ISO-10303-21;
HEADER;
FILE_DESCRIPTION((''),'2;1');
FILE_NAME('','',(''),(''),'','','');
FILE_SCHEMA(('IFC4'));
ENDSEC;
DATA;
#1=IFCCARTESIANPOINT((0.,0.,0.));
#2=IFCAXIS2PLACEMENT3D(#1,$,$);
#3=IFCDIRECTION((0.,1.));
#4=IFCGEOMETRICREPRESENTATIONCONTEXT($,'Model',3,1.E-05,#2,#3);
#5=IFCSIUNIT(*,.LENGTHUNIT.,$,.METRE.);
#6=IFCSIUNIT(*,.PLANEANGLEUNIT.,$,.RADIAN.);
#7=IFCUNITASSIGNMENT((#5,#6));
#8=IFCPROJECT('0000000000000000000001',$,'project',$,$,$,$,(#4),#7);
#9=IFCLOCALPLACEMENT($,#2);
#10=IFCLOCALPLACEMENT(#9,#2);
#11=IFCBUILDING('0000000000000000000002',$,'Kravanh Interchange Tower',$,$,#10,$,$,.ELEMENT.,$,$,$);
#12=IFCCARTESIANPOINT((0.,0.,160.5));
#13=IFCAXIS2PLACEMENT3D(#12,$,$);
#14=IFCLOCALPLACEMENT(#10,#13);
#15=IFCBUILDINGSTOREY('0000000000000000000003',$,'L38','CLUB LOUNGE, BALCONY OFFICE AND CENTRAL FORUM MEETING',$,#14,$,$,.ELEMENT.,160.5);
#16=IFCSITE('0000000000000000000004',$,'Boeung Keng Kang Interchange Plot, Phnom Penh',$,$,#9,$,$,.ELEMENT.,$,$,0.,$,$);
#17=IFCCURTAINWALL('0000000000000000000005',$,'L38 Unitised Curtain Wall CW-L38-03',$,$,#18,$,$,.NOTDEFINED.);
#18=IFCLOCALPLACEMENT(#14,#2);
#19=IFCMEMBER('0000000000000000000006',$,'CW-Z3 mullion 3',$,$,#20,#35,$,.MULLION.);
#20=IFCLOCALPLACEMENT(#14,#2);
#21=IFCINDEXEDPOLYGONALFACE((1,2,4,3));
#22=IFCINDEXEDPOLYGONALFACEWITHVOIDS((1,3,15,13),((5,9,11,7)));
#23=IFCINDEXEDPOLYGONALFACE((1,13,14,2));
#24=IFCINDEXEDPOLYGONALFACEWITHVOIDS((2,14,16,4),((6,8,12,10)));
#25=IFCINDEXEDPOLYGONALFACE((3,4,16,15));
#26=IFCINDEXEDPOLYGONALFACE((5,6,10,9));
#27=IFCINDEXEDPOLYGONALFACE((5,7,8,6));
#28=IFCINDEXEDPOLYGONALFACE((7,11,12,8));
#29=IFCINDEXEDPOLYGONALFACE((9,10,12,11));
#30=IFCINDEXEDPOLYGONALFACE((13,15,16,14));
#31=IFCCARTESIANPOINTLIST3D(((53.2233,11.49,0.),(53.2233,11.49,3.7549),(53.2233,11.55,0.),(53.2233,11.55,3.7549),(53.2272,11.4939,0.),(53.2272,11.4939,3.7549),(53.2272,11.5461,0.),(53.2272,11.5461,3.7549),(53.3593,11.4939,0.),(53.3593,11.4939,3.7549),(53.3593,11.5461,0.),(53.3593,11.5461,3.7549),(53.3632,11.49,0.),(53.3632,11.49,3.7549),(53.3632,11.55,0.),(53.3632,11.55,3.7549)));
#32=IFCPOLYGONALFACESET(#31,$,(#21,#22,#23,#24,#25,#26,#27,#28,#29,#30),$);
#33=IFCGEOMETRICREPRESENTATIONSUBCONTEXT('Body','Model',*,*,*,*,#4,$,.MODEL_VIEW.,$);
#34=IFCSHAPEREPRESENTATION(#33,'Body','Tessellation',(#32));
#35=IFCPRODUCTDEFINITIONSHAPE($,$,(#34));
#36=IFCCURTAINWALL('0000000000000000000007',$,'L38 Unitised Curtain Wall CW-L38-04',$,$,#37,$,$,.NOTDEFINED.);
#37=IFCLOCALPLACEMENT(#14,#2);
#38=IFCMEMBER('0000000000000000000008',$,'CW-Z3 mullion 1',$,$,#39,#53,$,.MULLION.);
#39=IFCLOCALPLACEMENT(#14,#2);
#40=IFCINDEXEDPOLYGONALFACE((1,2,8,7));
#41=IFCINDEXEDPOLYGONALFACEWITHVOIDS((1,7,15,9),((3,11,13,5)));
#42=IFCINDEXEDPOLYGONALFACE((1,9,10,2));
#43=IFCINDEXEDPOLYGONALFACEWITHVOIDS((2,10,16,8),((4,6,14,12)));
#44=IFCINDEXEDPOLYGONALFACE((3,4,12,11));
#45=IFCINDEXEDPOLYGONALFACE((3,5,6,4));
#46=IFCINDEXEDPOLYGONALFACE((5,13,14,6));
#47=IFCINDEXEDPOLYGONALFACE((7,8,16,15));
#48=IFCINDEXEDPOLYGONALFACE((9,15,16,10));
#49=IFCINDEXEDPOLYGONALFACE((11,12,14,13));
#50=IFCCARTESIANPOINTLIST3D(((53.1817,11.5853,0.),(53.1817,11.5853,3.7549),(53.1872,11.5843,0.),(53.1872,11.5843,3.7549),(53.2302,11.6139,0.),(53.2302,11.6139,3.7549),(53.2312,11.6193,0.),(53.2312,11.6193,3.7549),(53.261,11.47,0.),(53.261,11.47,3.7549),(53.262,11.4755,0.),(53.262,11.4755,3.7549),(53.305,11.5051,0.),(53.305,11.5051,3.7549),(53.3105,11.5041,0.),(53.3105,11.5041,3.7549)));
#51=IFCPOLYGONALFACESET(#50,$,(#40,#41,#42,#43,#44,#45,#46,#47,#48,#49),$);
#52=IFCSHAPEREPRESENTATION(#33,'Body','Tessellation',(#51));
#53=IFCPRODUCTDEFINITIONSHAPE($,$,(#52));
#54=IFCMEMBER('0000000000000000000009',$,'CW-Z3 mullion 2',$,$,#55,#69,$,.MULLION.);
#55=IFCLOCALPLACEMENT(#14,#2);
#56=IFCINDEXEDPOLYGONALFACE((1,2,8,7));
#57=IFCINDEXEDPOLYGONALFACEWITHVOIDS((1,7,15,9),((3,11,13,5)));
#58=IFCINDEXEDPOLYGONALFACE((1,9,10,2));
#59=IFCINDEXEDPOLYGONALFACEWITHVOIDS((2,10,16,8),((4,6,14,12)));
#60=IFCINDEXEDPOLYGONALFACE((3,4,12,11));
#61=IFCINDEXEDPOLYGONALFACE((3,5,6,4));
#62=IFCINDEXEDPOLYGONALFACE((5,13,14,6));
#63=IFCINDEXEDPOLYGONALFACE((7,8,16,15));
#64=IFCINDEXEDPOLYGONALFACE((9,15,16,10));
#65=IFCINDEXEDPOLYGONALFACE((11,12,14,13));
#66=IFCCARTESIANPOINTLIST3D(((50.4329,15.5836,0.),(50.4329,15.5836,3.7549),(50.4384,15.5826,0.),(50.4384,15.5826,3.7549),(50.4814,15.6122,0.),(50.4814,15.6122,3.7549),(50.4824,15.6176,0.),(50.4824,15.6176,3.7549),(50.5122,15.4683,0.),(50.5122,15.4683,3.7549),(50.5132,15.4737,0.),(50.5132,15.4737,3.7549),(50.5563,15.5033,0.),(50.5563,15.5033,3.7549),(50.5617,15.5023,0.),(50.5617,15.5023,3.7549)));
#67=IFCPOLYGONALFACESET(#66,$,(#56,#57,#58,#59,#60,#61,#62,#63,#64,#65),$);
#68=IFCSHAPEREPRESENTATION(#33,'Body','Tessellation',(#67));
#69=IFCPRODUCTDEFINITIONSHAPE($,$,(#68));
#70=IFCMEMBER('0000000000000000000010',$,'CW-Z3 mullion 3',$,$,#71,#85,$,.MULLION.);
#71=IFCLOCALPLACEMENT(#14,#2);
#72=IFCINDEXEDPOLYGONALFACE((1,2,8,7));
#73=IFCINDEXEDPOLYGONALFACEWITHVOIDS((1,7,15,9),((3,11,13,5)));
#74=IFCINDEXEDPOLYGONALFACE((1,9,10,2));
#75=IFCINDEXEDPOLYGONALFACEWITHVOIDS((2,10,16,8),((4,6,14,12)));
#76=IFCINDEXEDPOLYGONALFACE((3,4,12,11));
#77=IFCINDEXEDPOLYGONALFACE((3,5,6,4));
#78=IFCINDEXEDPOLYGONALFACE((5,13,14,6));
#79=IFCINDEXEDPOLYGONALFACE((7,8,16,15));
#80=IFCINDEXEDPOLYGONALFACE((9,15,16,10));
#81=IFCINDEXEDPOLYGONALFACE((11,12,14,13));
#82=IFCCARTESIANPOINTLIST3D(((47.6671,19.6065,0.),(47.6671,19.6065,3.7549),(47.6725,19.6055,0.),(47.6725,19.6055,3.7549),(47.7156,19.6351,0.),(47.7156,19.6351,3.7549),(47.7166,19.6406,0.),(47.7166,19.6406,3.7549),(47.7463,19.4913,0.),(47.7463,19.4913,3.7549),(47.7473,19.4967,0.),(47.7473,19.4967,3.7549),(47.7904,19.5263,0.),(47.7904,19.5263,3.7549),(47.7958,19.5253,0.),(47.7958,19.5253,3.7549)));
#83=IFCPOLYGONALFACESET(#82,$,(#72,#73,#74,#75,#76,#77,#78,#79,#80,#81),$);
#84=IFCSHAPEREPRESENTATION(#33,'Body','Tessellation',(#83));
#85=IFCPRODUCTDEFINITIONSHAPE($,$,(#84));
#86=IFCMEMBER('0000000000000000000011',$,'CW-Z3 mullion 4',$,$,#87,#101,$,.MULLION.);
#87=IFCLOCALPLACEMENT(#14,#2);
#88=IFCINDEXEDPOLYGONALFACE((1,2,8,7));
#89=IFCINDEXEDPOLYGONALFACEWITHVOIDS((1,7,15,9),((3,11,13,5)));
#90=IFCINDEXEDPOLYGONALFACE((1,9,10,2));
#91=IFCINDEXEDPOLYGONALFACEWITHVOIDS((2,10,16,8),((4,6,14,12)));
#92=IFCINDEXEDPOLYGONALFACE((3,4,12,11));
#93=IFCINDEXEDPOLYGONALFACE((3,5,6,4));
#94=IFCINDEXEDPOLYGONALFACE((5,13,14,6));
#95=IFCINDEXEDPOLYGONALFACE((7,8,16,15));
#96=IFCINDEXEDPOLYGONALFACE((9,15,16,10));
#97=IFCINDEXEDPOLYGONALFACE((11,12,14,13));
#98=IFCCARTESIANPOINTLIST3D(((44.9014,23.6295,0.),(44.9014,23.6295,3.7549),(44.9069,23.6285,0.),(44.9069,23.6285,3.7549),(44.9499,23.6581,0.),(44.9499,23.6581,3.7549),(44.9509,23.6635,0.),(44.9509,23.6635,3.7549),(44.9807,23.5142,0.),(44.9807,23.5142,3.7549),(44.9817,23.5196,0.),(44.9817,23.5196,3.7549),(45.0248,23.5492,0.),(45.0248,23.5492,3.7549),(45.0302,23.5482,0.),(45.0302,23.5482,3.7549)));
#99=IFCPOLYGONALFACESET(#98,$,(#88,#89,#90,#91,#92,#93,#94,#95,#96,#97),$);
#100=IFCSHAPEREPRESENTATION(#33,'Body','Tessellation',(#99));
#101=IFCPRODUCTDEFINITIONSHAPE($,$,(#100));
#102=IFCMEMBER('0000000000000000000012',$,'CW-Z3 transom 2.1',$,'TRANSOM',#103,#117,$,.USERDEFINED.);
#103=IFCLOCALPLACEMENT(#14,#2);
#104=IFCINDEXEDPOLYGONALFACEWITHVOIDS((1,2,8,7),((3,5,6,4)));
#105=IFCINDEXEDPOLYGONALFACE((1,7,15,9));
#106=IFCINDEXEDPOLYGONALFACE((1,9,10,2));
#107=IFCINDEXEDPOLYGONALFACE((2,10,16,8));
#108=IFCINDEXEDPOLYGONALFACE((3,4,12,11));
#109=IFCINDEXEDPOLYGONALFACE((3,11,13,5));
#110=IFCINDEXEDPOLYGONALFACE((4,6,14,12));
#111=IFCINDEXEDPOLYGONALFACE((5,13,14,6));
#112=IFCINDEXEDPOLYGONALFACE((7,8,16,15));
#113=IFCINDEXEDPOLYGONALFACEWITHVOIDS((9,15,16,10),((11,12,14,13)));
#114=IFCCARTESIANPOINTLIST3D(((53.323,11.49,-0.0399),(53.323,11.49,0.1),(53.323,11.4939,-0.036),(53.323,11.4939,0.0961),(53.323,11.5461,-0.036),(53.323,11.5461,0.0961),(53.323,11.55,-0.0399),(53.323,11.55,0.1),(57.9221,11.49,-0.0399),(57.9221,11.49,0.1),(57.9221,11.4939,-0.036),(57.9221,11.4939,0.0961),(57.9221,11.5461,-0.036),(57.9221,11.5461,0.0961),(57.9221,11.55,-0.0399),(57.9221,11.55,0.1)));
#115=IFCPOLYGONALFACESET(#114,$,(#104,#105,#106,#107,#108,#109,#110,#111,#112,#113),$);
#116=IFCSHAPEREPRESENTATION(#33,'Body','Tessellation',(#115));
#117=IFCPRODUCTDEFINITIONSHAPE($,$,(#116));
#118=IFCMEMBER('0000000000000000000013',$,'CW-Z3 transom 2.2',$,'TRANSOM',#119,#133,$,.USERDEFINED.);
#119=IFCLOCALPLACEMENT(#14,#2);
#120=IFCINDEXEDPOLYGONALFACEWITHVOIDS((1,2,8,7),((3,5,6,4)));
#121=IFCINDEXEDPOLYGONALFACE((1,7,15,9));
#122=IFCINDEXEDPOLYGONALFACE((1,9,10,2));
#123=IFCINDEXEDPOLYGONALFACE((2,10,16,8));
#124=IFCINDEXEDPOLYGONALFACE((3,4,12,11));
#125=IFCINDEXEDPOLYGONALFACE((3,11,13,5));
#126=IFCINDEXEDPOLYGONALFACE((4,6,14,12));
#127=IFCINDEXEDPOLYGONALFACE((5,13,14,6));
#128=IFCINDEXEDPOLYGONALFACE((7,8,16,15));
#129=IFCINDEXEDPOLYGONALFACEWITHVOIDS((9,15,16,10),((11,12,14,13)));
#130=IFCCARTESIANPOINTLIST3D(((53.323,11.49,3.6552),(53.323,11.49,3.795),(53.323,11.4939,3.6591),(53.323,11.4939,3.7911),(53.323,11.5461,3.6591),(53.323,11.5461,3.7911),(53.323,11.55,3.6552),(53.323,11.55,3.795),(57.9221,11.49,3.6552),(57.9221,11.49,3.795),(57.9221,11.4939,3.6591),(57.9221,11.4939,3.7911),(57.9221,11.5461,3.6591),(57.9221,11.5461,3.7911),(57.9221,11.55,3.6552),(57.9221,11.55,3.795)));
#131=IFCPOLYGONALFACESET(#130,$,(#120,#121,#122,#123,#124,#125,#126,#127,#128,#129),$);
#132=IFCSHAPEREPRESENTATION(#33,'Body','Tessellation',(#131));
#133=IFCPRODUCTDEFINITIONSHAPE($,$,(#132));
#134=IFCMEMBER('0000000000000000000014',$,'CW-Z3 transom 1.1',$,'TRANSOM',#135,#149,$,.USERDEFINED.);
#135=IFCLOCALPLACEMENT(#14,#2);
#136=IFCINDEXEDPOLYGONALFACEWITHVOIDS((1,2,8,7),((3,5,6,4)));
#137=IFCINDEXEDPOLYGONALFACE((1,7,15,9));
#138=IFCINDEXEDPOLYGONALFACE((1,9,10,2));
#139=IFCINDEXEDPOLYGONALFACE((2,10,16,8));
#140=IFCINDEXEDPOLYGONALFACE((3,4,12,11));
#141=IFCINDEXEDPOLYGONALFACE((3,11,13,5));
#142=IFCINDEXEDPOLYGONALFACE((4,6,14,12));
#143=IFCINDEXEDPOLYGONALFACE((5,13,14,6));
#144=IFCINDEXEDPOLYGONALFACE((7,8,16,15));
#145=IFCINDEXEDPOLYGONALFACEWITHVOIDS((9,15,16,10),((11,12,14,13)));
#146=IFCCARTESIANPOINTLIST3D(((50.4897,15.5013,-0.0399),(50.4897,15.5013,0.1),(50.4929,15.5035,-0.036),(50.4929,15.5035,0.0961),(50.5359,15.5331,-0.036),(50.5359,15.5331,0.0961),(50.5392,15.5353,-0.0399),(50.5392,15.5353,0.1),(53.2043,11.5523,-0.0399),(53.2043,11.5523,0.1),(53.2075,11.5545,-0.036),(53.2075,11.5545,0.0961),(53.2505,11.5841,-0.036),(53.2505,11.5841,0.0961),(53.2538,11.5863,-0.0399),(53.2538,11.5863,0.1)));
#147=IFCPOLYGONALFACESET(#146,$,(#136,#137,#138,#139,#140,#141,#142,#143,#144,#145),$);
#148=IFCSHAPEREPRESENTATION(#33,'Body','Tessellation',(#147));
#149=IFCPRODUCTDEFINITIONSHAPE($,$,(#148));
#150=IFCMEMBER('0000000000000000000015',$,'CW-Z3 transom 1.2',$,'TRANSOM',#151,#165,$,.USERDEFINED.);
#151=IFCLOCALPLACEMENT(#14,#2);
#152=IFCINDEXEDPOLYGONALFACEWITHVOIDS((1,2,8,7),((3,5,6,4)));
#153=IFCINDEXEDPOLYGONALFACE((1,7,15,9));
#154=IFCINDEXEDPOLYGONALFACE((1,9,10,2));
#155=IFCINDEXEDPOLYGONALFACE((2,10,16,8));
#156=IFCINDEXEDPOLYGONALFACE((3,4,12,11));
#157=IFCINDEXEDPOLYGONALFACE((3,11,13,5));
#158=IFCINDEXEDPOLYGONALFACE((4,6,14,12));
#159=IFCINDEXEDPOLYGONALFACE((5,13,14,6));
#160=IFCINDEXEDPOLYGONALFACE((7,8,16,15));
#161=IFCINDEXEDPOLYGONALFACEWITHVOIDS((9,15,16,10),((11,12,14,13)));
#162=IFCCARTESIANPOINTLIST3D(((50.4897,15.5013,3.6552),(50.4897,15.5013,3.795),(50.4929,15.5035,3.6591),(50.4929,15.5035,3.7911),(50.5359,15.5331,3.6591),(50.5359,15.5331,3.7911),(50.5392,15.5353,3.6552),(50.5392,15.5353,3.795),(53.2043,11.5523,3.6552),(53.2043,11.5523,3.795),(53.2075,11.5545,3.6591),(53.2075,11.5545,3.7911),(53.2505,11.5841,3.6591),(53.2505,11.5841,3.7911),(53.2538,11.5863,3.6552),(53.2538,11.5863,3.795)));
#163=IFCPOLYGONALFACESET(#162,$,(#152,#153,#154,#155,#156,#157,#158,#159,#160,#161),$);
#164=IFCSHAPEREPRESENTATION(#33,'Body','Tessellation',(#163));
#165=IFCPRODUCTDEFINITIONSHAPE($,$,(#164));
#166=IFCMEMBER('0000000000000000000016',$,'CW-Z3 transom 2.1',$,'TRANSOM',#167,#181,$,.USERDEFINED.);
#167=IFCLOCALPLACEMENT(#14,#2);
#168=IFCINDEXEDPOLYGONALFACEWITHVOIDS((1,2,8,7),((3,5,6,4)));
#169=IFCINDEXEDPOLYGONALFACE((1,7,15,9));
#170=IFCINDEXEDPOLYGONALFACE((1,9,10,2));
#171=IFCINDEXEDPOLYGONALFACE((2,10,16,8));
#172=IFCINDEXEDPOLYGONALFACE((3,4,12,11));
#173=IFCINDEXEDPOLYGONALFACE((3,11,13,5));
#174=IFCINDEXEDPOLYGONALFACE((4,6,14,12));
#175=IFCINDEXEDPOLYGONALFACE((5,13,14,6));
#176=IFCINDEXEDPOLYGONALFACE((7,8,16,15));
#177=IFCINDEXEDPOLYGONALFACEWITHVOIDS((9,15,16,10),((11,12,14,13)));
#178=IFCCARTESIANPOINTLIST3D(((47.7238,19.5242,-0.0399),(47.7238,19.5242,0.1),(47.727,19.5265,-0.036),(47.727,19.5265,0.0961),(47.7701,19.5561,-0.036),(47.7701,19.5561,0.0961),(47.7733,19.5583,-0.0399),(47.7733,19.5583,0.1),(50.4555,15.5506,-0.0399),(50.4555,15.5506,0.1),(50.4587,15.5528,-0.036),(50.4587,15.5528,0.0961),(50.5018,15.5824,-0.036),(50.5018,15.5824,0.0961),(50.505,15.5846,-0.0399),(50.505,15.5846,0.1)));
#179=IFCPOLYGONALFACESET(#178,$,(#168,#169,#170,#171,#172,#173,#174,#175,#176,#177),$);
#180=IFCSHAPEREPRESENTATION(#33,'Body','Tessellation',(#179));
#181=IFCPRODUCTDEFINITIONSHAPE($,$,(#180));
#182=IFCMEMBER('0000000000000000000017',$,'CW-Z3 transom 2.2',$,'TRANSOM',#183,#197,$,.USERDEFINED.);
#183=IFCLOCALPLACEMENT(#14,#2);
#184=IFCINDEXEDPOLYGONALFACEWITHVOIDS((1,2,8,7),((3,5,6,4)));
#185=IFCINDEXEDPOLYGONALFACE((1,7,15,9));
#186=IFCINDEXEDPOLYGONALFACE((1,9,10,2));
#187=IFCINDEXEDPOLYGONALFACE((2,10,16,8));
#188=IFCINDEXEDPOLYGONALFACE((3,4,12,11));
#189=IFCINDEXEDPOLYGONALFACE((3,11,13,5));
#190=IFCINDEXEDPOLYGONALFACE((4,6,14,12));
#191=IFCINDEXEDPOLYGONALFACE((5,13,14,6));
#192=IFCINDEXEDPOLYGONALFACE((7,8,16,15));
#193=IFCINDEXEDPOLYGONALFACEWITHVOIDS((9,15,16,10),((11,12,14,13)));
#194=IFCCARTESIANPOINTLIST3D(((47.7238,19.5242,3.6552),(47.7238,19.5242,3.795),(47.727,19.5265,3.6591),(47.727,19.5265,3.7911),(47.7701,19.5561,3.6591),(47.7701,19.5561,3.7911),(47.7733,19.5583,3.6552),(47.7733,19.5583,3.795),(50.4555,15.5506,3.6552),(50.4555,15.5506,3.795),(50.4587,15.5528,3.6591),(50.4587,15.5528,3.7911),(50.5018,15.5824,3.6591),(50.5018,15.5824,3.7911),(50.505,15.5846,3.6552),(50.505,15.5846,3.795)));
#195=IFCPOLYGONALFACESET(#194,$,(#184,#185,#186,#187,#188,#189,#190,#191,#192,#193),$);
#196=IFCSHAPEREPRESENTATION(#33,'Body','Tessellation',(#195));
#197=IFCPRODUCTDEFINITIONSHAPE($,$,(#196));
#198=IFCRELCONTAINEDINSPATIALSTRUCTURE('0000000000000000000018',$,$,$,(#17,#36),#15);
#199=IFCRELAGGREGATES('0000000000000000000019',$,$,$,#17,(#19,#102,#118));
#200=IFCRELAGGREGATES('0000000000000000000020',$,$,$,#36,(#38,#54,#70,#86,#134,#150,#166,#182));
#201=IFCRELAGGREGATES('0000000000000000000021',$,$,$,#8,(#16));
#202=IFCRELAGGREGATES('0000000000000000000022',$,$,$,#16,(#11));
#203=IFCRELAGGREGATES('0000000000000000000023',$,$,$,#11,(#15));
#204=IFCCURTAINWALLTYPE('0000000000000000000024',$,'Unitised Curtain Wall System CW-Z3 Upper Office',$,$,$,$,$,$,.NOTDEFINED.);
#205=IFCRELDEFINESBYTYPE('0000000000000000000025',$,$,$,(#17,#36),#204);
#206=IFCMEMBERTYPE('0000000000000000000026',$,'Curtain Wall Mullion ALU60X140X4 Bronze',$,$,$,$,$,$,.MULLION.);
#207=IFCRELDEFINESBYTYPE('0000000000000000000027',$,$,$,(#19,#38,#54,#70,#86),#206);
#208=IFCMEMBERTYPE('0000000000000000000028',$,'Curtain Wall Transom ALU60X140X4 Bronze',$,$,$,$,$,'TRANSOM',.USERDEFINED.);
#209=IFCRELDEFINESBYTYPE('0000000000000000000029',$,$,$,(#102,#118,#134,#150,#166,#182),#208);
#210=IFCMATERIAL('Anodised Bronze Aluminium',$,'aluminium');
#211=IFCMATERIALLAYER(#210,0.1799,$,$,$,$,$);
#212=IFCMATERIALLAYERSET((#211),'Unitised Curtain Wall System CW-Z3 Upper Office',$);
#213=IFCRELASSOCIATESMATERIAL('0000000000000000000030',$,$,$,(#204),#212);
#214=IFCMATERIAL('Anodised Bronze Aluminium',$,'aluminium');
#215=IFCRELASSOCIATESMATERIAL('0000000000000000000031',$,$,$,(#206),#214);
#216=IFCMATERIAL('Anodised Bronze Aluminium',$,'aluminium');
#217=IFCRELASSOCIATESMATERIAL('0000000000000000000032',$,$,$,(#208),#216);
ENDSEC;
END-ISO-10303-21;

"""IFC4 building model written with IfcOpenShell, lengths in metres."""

from ifc_helpers import new_model, si_unit, direction, frame, origin, origin_2d, place, context, subcontext, project, spatial, hollow_rectangle, extrude, material, layer, layer_set, material_profile, profile_set, type_object, element, aggregate, save


model = new_model("IFC4")

# Units and contexts
model_context = context("Model", 3, precision=1e-05, world=origin(), true_north=direction((0.0, 1.0)))
body_context = subcontext(model_context, "Body", "Model", "MODEL_VIEW")
ifc_project = project(units=[si_unit("LENGTHUNIT", "METRE"), si_unit("PLANEANGLEUNIT", "RADIAN")], contexts=[model_context])

# Site, building, storey
site_placement = place(None, origin())
site = spatial("IfcSite", under=ifc_project, at=site_placement, Name="Boeung Keng Kang Interchange Plot, Phnom Penh", CompositionType="ELEMENT", RefElevation=0.0)
building_placement = place(site_placement, origin())
building = spatial("IfcBuilding", under=site, at=building_placement, Name="Kravanh Interchange Tower", CompositionType="ELEMENT")
storey_placement = place(building_placement, frame((0.0, 0.0, 160.5)))
storey = spatial("IfcBuildingStorey", under=building, at=storey_placement, Name="L38", Description="CLUB LOUNGE, BALCONY OFFICE AND CENTRAL FORUM MEETING", CompositionType="ELEMENT", Elevation=160.5)

# Curtain walls, members
ifc_material_1 = material(Name="Anodised Bronze Aluminium", Category="aluminium")
ifc_layer_1 = layer(ifc_material_1, 0.1799)
ifc_layer_set_1 = layer_set([ifc_layer_1], Name="Unitised Curtain Wall System CW-Z3 Upper Office")
curtain_wall_type = type_object("IfcCurtainWallType", Name="Unitised Curtain Wall System CW-Z3 Upper Office", PredefinedType="NOTDEFINED", material=ifc_layer_set_1)
curtain_wall_1_placement = place(storey_placement, origin())
curtain_wall_1 = element("IfcCurtainWall", 1, at=curtain_wall_1_placement, inside=storey, type_object=curtain_wall_type, Name="L38 Unitised Curtain Wall CW-L38-03", PredefinedType="NOTDEFINED")
ifc_material_2 = material(Name="Anodised Bronze Aluminium", Category="aluminium")
ifc_material_profile_1 = material_profile(ifc_material_2, hollow_rectangle(XDim=0.0601, YDim=0.1399, WallThickness=0.0039, at=origin_2d()), Name="ALU60X140X4")
ifc_profile_set_1 = profile_set([ifc_material_profile_1], Name="Anodised Bronze Aluminium")
member_type_1 = type_object("IfcMemberType", Name="Curtain Wall Mullion ALU60X140X4 Bronze", PredefinedType="MULLION", material=ifc_profile_set_1)
member_1_placement = place(storey_placement, frame((53.2932, 11.52, 0.0), z_axis=(0.0, 0.0, 1.0), x_axis=(0.0, -1.0, 0.0)))
member_1 = element("IfcMember", 2, at=member_1_placement, type_object=member_type_1, Name="CW-Z3 mullion 3", PredefinedType="MULLION", context=body_context, shape_type="SweptSolid", body=[
    extrude(hollow_rectangle(XDim=0.0601, YDim=0.1399, WallThickness=0.0039, at=origin_2d()), origin(), (0.0, 0.0, 1.0), 3.7549),
])
curtain_wall_2_placement = place(storey_placement, origin())
curtain_wall_2 = element("IfcCurtainWall", 3, at=curtain_wall_2_placement, inside=storey, type_object=curtain_wall_type, Name="L38 Unitised Curtain Wall CW-L38-04", PredefinedType="NOTDEFINED")
member_2_placement = place(storey_placement, frame((53.2461, 11.5447, 0.0), z_axis=(0.0, 0.0, 1.0), x_axis=(-0.824042, -0.566528, 0.0)))
member_2 = element("IfcMember", 4, at=member_2_placement, type_object=member_type_1, Name="CW-Z3 mullion 1", PredefinedType="MULLION", context=body_context, shape_type="SweptSolid", body=[
    extrude(hollow_rectangle(XDim=0.0601, YDim=0.1399, WallThickness=0.0039, at=origin_2d()), origin(), (0.0, 0.0, 1.0), 3.7549),
])
member_3_placement = place(storey_placement, frame((50.4973, 15.543, 0.0), z_axis=(0.0, 0.0, 1.0), x_axis=(-0.824042, -0.566528, 0.0)))
member_3 = element("IfcMember", 5, at=member_3_placement, type_object=member_type_1, Name="CW-Z3 mullion 2", PredefinedType="MULLION", context=body_context, shape_type="SweptSolid", body=[
    extrude(hollow_rectangle(XDim=0.0601, YDim=0.1399, WallThickness=0.0039, at=origin_2d()), origin(), (0.0, 0.0, 1.0), 3.7549),
])
member_4_placement = place(storey_placement, frame((47.7314, 19.5659, 0.0), z_axis=(0.0, 0.0, 1.0), x_axis=(-0.824042, -0.566528, 0.0)))
member_4 = element("IfcMember", 6, at=member_4_placement, type_object=member_type_1, Name="CW-Z3 mullion 3", PredefinedType="MULLION", context=body_context, shape_type="SweptSolid", body=[
    extrude(hollow_rectangle(XDim=0.0601, YDim=0.1399, WallThickness=0.0039, at=origin_2d()), origin(), (0.0, 0.0, 1.0), 3.7549),
])
member_5_placement = place(storey_placement, frame((44.9658, 23.5889, 0.0), z_axis=(0.0, 0.0, 1.0), x_axis=(-0.824042, -0.566528, 0.0)))
member_5 = element("IfcMember", 7, at=member_5_placement, type_object=member_type_1, Name="CW-Z3 mullion 4", PredefinedType="MULLION", context=body_context, shape_type="SweptSolid", body=[
    extrude(hollow_rectangle(XDim=0.0601, YDim=0.1399, WallThickness=0.0039, at=origin_2d()), origin(), (0.0, 0.0, 1.0), 3.7549),
])

# Members
ifc_material_3 = material(Name="Anodised Bronze Aluminium", Category="aluminium")
ifc_material_profile_2 = material_profile(ifc_material_3, hollow_rectangle(XDim=0.0601, YDim=0.1399, WallThickness=0.0039, at=origin_2d()), Name="ALU60X140X4")
ifc_profile_set_2 = profile_set([ifc_material_profile_2], Name="Anodised Bronze Aluminium")
member_type_2 = type_object("IfcMemberType", Name="Curtain Wall Transom ALU60X140X4 Bronze", ElementType="TRANSOM", PredefinedType="USERDEFINED", material=ifc_profile_set_2)
member_6_placement = place(storey_placement, frame((57.9221, 11.52, 0.03), z_axis=(-1.0, 0.0, 0.0), x_axis=(0.0, -1.0, 0.0)))
member_6 = element("IfcMember", 8, at=member_6_placement, type_object=member_type_2, Name="CW-Z3 transom 2.1", ObjectType="TRANSOM", PredefinedType="USERDEFINED", context=body_context, shape_type="SweptSolid", body=[
    extrude(hollow_rectangle(XDim=0.0601, YDim=0.1399, WallThickness=0.0039, at=origin_2d()), origin(), (0.0, 0.0, 1.0), 4.5991),
])
member_7_placement = place(storey_placement, frame((57.9221, 11.52, 3.7251), z_axis=(-1.0, 0.0, 0.0), x_axis=(0.0, -1.0, 0.0)))
member_7 = element("IfcMember", 9, at=member_7_placement, type_object=member_type_2, Name="CW-Z3 transom 2.2", ObjectType="TRANSOM", PredefinedType="USERDEFINED", context=body_context, shape_type="SweptSolid", body=[
    extrude(hollow_rectangle(XDim=0.0601, YDim=0.1399, WallThickness=0.0039, at=origin_2d()), origin(), (0.0, 0.0, 1.0), 4.5991),
])
member_8_placement = place(storey_placement, frame((53.229, 11.5693, 0.03), z_axis=(-0.566483, 0.824073, 0.0), x_axis=(-0.824073, -0.566483, 0.0)))
member_8 = element("IfcMember", 10, at=member_8_placement, type_object=member_type_2, Name="CW-Z3 transom 1.1", ObjectType="TRANSOM", PredefinedType="USERDEFINED", context=body_context, shape_type="SweptSolid", body=[
    extrude(hollow_rectangle(XDim=0.0601, YDim=0.1399, WallThickness=0.0039, at=origin_2d()), origin(), (0.0, 0.0, 1.0), 4.792),
])
member_9_placement = place(storey_placement, frame((53.229, 11.5693, 3.7251), z_axis=(-0.566483, 0.824073, 0.0), x_axis=(-0.824073, -0.566483, 0.0)))
member_9 = element("IfcMember", 11, at=member_9_placement, type_object=member_type_2, Name="CW-Z3 transom 1.2", ObjectType="TRANSOM", PredefinedType="USERDEFINED", context=body_context, shape_type="SweptSolid", body=[
    extrude(hollow_rectangle(XDim=0.0601, YDim=0.1399, WallThickness=0.0039, at=origin_2d()), origin(), (0.0, 0.0, 1.0), 4.792),
])
member_10_placement = place(storey_placement, frame((50.4802, 15.5676, 0.03), z_axis=(-0.566503, 0.82406, 0.0), x_axis=(-0.82406, -0.566503, 0.0)))
member_10 = element("IfcMember", 12, at=member_10_placement, type_object=member_type_2, Name="CW-Z3 transom 2.1", ObjectType="TRANSOM", PredefinedType="USERDEFINED", context=body_context, shape_type="SweptSolid", body=[
    extrude(hollow_rectangle(XDim=0.0601, YDim=0.1399, WallThickness=0.0039, at=origin_2d()), origin(), (0.0, 0.0, 1.0), 4.822),
])
member_11_placement = place(storey_placement, frame((50.4802, 15.5676, 3.7251), z_axis=(-0.566503, 0.82406, 0.0), x_axis=(-0.82406, -0.566503, 0.0)))
member_11 = element("IfcMember", 13, at=member_11_placement, type_object=member_type_2, Name="CW-Z3 transom 2.2", ObjectType="TRANSOM", PredefinedType="USERDEFINED", context=body_context, shape_type="SweptSolid", body=[
    extrude(hollow_rectangle(XDim=0.0601, YDim=0.1399, WallThickness=0.0039, at=origin_2d()), origin(), (0.0, 0.0, 1.0), 4.822),
])

aggregate(curtain_wall_1, [member_1, member_6, member_7])
aggregate(curtain_wall_2, [member_2, member_3, member_4, member_5, member_8, member_9, member_10, member_11])

save(model, "model.ifc")
